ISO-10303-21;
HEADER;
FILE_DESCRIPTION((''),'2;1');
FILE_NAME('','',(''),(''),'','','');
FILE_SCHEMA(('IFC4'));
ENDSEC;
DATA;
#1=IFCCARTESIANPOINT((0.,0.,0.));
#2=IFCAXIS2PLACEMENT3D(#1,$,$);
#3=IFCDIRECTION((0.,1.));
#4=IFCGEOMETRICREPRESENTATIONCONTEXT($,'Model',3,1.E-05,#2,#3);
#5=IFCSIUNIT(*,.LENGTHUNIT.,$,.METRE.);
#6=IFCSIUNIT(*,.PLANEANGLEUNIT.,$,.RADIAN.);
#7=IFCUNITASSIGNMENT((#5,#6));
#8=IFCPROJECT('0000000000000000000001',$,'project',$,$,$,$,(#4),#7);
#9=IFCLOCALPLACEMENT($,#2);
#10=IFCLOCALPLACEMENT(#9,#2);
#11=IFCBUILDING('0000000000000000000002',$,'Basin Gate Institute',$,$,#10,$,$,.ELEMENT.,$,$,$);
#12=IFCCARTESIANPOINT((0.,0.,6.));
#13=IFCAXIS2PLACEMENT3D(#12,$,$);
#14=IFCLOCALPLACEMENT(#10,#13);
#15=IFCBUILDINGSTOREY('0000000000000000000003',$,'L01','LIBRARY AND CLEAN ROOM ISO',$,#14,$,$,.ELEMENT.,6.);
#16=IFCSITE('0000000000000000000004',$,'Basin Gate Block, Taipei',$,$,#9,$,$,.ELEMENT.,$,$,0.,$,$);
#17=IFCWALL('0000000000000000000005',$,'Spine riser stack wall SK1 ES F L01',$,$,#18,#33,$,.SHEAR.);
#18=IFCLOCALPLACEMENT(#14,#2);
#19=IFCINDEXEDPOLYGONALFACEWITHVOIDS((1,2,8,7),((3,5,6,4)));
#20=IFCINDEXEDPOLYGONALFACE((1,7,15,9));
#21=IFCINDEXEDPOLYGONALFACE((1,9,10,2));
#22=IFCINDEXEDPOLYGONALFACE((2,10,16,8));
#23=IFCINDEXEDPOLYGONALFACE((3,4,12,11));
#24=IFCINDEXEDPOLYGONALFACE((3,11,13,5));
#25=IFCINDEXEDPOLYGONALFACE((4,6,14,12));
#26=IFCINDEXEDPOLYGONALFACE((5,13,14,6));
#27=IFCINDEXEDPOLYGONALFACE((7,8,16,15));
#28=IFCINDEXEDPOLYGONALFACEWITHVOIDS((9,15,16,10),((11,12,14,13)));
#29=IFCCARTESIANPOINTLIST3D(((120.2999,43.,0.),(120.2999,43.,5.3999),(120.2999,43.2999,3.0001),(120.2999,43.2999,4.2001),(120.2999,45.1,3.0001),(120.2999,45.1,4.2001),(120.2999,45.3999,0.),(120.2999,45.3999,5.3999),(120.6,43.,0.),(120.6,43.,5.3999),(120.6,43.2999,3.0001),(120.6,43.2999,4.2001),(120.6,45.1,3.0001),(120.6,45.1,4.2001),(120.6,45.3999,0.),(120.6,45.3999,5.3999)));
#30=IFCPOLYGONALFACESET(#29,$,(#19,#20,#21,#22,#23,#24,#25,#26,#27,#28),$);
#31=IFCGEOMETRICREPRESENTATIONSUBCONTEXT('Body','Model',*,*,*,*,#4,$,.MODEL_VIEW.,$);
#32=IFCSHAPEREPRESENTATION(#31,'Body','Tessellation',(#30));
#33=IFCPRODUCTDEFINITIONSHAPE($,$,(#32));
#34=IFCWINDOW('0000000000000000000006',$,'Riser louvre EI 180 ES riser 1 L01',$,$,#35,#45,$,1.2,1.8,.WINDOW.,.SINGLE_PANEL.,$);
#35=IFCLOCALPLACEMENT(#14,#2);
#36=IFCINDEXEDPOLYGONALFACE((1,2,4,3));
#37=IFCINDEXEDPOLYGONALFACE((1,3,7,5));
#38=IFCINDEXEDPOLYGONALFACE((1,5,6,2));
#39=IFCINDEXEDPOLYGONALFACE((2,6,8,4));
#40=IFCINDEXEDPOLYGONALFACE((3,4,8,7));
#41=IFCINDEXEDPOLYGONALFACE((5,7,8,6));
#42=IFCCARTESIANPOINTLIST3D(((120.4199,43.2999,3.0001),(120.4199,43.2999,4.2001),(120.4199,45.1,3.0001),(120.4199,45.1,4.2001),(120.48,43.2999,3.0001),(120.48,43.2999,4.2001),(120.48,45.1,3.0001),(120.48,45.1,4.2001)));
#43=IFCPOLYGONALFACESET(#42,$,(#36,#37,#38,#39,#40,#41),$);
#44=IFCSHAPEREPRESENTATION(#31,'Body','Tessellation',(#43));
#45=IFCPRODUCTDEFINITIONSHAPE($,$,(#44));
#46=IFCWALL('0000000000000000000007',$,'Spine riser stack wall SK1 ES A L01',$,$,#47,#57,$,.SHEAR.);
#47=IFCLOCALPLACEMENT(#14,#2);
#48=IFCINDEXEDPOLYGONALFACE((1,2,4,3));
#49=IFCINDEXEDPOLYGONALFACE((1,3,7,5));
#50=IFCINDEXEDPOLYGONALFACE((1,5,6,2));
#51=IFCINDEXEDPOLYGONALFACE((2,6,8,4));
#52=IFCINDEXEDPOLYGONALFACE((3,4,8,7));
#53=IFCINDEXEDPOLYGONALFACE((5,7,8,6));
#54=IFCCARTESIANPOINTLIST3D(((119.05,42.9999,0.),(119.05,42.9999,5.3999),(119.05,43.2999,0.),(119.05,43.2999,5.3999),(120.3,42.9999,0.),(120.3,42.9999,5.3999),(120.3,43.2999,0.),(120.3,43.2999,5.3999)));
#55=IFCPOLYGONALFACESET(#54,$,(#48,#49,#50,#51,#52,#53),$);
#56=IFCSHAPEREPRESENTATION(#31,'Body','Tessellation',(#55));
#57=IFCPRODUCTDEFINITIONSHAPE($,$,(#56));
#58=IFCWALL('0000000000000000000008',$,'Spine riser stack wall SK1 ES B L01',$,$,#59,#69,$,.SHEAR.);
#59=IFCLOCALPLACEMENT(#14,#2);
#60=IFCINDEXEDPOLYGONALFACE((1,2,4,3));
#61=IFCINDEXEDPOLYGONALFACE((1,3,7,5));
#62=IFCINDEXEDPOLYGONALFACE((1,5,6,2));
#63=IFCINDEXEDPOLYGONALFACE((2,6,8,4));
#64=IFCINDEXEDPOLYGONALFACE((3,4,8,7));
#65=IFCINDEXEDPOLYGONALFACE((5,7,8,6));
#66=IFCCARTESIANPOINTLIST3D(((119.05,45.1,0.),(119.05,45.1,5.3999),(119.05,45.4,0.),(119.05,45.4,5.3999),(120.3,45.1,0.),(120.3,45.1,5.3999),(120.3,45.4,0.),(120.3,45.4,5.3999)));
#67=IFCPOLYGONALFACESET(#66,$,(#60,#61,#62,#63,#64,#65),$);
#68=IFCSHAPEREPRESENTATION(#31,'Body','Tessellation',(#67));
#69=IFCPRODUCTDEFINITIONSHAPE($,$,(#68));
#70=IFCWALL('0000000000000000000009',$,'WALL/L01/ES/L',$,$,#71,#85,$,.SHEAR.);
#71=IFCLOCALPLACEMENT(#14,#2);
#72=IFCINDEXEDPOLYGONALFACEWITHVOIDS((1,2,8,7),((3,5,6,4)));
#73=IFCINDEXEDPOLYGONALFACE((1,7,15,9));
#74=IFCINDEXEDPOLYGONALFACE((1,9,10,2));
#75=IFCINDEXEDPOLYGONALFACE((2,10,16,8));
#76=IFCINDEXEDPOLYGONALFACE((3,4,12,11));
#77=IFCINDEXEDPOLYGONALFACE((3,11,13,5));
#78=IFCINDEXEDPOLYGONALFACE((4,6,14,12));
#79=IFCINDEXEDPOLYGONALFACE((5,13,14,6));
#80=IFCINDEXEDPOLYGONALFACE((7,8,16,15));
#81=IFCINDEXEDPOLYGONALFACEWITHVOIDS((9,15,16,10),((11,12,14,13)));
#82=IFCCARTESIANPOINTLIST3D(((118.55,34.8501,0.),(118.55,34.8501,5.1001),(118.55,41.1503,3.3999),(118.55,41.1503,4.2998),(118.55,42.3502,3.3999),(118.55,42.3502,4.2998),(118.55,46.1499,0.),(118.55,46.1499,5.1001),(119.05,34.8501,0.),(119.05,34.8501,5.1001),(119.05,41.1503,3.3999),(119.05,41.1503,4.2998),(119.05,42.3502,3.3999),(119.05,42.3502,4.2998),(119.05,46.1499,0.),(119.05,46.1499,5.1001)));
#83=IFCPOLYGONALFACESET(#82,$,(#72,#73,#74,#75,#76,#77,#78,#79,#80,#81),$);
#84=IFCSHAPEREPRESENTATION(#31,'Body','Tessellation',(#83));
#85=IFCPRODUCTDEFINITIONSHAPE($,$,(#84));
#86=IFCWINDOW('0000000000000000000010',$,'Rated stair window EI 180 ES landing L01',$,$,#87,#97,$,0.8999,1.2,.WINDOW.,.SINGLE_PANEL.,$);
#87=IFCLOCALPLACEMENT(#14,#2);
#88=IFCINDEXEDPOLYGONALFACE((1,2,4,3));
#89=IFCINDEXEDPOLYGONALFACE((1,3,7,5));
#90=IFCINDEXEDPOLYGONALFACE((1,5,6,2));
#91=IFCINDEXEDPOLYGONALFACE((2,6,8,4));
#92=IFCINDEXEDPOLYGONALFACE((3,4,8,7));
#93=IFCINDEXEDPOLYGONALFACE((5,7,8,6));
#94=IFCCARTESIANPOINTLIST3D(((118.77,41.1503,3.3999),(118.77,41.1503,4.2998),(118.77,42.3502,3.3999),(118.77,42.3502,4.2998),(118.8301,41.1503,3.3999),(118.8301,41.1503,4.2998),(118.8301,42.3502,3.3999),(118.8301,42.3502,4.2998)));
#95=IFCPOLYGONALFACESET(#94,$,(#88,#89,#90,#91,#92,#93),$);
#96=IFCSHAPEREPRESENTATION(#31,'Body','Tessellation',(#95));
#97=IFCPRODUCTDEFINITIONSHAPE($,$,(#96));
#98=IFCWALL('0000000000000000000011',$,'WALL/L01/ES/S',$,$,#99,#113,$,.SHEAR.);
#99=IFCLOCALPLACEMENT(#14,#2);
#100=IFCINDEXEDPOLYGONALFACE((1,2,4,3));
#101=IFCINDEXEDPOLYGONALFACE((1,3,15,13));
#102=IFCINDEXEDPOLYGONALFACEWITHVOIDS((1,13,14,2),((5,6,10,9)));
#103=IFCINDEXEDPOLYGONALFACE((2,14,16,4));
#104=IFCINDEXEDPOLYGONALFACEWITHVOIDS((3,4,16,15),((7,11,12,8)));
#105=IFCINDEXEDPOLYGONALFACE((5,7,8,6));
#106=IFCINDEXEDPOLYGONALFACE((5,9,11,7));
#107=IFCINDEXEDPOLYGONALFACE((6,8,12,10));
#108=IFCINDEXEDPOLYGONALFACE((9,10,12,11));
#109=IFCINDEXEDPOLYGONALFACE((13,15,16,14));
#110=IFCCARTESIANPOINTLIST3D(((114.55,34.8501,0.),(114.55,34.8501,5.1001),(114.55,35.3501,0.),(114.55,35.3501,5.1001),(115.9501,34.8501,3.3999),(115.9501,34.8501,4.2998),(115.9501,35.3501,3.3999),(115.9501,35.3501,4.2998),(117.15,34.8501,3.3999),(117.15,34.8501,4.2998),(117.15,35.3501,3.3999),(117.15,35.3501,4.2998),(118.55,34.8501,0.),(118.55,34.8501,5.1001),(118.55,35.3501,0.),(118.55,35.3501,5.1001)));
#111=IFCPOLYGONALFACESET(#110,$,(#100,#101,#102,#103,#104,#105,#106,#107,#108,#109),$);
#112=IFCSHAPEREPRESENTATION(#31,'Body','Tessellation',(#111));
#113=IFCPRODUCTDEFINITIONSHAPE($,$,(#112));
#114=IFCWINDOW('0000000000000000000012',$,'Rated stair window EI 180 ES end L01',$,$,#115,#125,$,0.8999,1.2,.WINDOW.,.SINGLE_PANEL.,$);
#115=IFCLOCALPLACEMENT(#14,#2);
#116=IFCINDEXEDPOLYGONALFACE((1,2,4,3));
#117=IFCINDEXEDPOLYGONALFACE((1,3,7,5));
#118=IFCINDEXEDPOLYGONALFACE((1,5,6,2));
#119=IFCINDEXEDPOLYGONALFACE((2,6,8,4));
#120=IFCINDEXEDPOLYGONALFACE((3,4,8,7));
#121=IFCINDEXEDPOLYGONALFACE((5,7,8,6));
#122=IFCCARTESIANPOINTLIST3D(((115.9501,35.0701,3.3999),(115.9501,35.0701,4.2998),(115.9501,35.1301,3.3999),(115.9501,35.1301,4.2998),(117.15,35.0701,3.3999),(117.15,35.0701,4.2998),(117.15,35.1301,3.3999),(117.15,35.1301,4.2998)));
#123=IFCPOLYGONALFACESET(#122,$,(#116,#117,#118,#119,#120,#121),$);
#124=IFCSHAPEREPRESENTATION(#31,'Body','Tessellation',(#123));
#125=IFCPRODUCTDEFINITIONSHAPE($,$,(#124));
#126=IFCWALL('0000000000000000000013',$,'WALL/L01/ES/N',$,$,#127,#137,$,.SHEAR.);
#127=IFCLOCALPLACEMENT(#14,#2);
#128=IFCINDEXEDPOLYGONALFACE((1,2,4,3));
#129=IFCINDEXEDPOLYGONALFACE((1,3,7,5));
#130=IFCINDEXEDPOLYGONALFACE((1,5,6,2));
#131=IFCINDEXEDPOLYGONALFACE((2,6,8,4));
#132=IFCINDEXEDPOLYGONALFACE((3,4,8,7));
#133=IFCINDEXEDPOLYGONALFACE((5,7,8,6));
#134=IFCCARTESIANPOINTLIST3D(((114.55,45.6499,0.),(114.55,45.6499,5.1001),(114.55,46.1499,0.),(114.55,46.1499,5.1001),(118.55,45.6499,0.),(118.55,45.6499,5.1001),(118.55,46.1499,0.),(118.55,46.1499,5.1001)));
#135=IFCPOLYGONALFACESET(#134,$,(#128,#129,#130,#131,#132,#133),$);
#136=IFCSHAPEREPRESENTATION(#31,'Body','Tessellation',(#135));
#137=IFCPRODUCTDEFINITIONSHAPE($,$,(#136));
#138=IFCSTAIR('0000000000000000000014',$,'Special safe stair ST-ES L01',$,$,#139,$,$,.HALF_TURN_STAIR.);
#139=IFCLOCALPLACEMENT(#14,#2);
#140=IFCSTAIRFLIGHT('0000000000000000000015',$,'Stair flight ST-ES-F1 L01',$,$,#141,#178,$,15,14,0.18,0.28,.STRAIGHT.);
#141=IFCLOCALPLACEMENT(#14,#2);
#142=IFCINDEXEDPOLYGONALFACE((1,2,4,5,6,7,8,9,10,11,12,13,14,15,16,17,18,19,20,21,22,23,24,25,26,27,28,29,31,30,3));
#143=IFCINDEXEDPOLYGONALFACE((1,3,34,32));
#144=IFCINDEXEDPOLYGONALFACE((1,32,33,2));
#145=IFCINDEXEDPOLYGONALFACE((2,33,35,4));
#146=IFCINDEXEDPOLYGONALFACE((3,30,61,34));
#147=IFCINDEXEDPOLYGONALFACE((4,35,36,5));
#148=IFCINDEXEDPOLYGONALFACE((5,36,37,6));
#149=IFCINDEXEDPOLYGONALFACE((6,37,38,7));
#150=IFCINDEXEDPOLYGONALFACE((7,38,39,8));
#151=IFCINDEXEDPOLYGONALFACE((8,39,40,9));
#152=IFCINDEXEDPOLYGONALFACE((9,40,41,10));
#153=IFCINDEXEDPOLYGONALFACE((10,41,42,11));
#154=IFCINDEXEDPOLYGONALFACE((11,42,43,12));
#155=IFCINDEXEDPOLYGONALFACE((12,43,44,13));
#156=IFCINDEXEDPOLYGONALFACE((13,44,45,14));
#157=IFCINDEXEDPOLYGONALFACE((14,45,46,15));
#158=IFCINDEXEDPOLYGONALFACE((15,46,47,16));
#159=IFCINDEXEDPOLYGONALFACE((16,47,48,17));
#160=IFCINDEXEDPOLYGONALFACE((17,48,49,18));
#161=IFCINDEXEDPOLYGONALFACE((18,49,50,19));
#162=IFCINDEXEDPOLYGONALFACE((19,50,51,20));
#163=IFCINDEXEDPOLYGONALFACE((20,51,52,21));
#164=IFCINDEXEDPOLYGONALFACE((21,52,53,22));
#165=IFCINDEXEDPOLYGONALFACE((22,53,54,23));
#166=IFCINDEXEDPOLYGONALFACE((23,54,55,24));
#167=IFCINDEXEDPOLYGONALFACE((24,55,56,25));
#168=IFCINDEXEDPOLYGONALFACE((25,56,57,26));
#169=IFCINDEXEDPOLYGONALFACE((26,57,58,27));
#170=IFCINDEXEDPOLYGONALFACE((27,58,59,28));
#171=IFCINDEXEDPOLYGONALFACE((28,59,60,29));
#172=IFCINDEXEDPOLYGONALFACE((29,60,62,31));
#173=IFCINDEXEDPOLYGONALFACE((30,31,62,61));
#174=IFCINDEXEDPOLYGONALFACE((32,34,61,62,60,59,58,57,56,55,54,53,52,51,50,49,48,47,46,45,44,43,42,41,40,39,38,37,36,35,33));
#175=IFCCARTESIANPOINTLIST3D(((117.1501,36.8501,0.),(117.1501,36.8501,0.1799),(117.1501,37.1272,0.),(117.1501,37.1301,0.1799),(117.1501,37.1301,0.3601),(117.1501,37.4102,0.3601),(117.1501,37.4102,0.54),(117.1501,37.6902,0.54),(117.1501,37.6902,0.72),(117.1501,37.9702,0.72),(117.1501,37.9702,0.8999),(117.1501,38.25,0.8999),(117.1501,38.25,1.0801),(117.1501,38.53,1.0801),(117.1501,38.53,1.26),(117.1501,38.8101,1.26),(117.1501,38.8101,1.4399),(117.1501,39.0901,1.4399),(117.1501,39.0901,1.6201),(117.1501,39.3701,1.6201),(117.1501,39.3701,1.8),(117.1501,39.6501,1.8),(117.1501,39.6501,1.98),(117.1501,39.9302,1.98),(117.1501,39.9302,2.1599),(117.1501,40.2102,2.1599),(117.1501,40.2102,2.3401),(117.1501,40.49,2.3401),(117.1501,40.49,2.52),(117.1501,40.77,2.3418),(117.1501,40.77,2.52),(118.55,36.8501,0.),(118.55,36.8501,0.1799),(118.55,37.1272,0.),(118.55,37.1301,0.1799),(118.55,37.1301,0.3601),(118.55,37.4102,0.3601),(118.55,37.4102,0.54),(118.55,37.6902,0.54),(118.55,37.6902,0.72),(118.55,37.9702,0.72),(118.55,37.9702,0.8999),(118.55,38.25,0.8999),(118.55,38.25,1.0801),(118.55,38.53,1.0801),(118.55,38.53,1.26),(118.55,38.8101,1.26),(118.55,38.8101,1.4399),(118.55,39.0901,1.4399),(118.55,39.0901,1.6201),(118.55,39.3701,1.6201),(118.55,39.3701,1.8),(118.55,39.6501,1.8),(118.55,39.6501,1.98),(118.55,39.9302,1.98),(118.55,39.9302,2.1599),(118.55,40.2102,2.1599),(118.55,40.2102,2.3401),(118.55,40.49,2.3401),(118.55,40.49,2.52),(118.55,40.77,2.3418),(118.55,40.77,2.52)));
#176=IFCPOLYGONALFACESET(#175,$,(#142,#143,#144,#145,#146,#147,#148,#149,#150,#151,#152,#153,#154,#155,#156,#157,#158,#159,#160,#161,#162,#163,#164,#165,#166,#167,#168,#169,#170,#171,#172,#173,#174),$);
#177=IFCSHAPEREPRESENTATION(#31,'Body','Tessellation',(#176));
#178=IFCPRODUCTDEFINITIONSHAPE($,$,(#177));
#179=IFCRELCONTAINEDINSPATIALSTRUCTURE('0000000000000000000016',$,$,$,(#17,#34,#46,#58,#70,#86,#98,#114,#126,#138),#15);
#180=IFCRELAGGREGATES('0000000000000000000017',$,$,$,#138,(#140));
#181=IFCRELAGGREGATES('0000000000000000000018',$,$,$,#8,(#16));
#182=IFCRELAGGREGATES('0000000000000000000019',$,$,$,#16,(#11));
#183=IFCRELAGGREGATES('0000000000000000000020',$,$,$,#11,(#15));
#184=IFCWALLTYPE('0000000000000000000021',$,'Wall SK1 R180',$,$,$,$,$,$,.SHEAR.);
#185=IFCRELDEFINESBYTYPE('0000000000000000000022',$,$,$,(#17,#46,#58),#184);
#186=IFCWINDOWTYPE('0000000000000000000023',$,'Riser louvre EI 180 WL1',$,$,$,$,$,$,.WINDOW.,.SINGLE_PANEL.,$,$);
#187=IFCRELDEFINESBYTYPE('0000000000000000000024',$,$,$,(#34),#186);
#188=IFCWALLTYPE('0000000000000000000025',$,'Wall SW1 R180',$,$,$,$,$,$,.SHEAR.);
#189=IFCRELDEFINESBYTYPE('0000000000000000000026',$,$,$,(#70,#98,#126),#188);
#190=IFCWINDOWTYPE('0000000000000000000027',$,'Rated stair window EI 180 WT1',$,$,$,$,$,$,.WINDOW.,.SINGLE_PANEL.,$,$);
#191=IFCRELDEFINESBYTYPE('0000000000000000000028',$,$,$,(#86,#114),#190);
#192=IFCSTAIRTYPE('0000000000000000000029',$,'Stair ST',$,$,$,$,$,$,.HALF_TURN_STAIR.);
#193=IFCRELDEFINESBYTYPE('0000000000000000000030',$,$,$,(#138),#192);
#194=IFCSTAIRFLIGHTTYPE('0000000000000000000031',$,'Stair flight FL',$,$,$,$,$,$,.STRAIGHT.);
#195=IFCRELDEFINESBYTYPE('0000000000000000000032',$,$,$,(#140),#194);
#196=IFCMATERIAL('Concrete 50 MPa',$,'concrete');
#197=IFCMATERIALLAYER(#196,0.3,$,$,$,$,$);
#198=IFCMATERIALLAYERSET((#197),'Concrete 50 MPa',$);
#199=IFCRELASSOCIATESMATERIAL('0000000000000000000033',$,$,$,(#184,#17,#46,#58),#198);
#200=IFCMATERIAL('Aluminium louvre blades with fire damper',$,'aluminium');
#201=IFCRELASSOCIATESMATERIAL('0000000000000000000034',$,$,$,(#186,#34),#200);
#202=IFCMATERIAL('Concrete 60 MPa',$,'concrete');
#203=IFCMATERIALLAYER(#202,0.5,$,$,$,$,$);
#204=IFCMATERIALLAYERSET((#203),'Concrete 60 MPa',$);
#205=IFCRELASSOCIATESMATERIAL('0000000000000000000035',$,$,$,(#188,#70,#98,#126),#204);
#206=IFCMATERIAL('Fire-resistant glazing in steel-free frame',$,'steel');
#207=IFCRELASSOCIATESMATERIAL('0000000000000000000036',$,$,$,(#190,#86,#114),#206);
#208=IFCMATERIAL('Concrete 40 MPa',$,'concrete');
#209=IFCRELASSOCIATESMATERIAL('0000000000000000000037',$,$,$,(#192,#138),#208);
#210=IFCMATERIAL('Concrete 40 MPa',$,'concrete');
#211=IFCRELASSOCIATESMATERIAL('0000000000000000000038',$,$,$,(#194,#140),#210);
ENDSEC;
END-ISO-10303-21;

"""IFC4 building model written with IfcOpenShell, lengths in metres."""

from ifc_helpers import new_model, si_unit, direction, frame, frame_2d, origin, place, context, subcontext, project, spatial, polyline, rectangle, outline, extrude, material, layer, layer_set, type_object, element, fill, aggregate, save


model = new_model("IFC4")

# Units and contexts
model_context = context("Model", 3, precision=1e-05, world=origin(), true_north=direction((0.0, 1.0)))
body_context = subcontext(model_context, "Body", "Model", "MODEL_VIEW")
ifc_project = project(units=[si_unit("LENGTHUNIT", "METRE"), si_unit("PLANEANGLEUNIT", "RADIAN")], contexts=[model_context])

# Site, building, storey
site_placement = place(None, origin())
site = spatial("IfcSite", under=ifc_project, at=site_placement, Name="Basin Gate Block, Taipei", CompositionType="ELEMENT", RefElevation=0.0)
building_placement = place(site_placement, origin())
building = spatial("IfcBuilding", under=site, at=building_placement, Name="Basin Gate Institute", CompositionType="ELEMENT")
storey_placement = place(building_placement, frame((0.0, 0.0, 6.0)))
storey = spatial("IfcBuildingStorey", under=building, at=storey_placement, Name="L01", Description="LIBRARY AND CLEAN ROOM ISO", CompositionType="ELEMENT", Elevation=6.0)

# Wall, opening, window
ifc_material_1 = material(Name="Concrete 50 MPa", Category="concrete")
ifc_layer_1 = layer(ifc_material_1, 0.3)
ifc_layer_set_1 = layer_set([ifc_layer_1], Name="Concrete 50 MPa")
wall_type_1 = type_object("IfcWallType", Name="Wall SK1 R180", PredefinedType="SHEAR", material=ifc_layer_set_1)
wall_1_placement = place(storey_placement, frame((120.45, 43.0, 0.0), z_axis=(0.0, 0.0, 1.0), x_axis=(0.0, 1.0, 0.0)))
wall_1 = element("IfcWall", 1, at=wall_1_placement, inside=storey, type_object=wall_type_1, material=ifc_layer_set_1, Name="Spine riser stack wall SK1 ES F L01", PredefinedType="SHEAR", context=body_context, shape_type="SweptSolid", body=[
    extrude(rectangle(XDim=2.3999, YDim=0.3, at=frame_2d((1.2, 0.0))), origin(), (0.0, 0.0, 1.0), 5.3999),
])
opening_1_placement = place(wall_1_placement, frame((0.3, 0.0, 3.0)))
opening_1 = element("IfcOpeningElement", 2, at=opening_1_placement, cuts=wall_1, PredefinedType="OPENING", context=body_context, shape_type="SweptSolid", body=[
    extrude(rectangle(XDim=1.8, YDim=1.2, at=frame_2d((0.8999, 0.6001))), frame((0.0, 0.1602, 0.0), z_axis=(0.0, -1.0, 0.0), x_axis=(1.0, 0.0, 0.0)), (0.0, 0.0, 1.0), 0.3201),
])
ifc_material_2 = material(Name="Aluminium louvre blades with fire damper", Category="aluminium")
window_type_1 = type_object("IfcWindowType", Name="Riser louvre EI 180 WL1", PartitioningType="SINGLE_PANEL", PredefinedType="WINDOW", material=ifc_material_2)
window_1_placement = place(opening_1_placement, origin())
window_1 = element("IfcWindow", 3, at=window_1_placement, inside=storey, type_object=window_type_1, material=ifc_material_2, Name="Riser louvre EI 180 ES riser 1 L01", OverallHeight=1.2, OverallWidth=1.8, PartitioningType="SINGLE_PANEL", PredefinedType="WINDOW", context=body_context, shape_type="SweptSolid", body=[
    extrude(rectangle(XDim=1.8, YDim=1.2, at=frame_2d((0.8999, 0.6001))), frame((0.0, 0.03, 0.0), z_axis=(0.0, -1.0, 0.0), x_axis=(1.0, 0.0, 0.0)), (0.0, 0.0, 1.0), 0.0601),
])
fill(opening_1, window_1)

# Walls
for number, where, z_axis, x_axis, name in (
    (4, (119.05, 43.1499, 0.0), (0.0, 0.0, 1.0), (1.0, 0.0, 0.0), "Spine riser stack wall SK1 ES A L01"),
    (5, (119.05, 45.25, 0.0), (0.0, 0.0, 1.0), (1.0, 0.0, 0.0), "Spine riser stack wall SK1 ES B L01"),
):
    element("IfcWall", number, at=place(storey_placement, frame(where, z_axis=z_axis, x_axis=x_axis)), inside=storey, type_object=wall_type_1, material=ifc_layer_set_1, Name=name, PredefinedType="SHEAR", context=body_context, shape_type="SweptSolid", body=[
        extrude(rectangle(XDim=1.25, YDim=0.3, at=frame_2d((0.625, 0.0))), origin(), (0.0, 0.0, 1.0), 5.3999),
    ])

# Walls, openings, windows
ifc_material_3 = material(Name="Concrete 60 MPa", Category="concrete")
ifc_layer_2 = layer(ifc_material_3, 0.5)
ifc_layer_set_2 = layer_set([ifc_layer_2], Name="Concrete 60 MPa")
wall_type_2 = type_object("IfcWallType", Name="Wall SW1 R180", PredefinedType="SHEAR", material=ifc_layer_set_2)
wall_2_placement = place(storey_placement, frame((118.8, 34.8501, 0.0), z_axis=(0.0, 0.0, 1.0), x_axis=(0.0, 1.0, 0.0)))
wall_2 = element("IfcWall", 6, at=wall_2_placement, inside=storey, type_object=wall_type_2, material=ifc_layer_set_2, Name="WALL/L01/ES/L", PredefinedType="SHEAR", context=body_context, shape_type="SweptSolid", body=[
    extrude(rectangle(XDim=11.2998, YDim=0.5, at=frame_2d((5.6499, 0.0))), origin(), (0.0, 0.0, 1.0), 5.1001),
])
opening_2_placement = place(wall_2_placement, frame((6.3, 0.0, 3.3999)))
opening_2 = element("IfcOpeningElement", 7, at=opening_2_placement, cuts=wall_2, PredefinedType="OPENING", context=body_context, shape_type="SweptSolid", body=[
    extrude(rectangle(XDim=1.2, YDim=0.8999, at=frame_2d((0.6001, 0.45))), frame((0.0, 0.26, 0.0), z_axis=(0.0, -1.0, 0.0), x_axis=(1.0, 0.0, 0.0)), (0.0, 0.0, 1.0), 0.52),
])
ifc_material_4 = material(Name="Fire-resistant glazing in steel-free frame", Category="steel")
window_type_2 = type_object("IfcWindowType", Name="Rated stair window EI 180 WT1", PartitioningType="SINGLE_PANEL", PredefinedType="WINDOW", material=ifc_material_4)
window_2_placement = place(opening_2_placement, origin())
window_2 = element("IfcWindow", 8, at=window_2_placement, inside=storey, type_object=window_type_2, material=ifc_material_4, Name="Rated stair window EI 180 ES landing L01", OverallHeight=0.8999, OverallWidth=1.2, PartitioningType="SINGLE_PANEL", PredefinedType="WINDOW", context=body_context, shape_type="SweptSolid", body=[
    extrude(rectangle(XDim=1.2, YDim=0.8999, at=frame_2d((0.6001, 0.45))), frame((0.0, 0.03, 0.0), z_axis=(0.0, -1.0, 0.0), x_axis=(1.0, 0.0, 0.0)), (0.0, 0.0, 1.0), 0.0601),
])
fill(opening_2, window_2)
wall_3_placement = place(storey_placement, frame((118.55, 35.1001, 0.0), z_axis=(0.0, 0.0, 1.0), x_axis=(-1.0, 0.0, 0.0)))
wall_3 = element("IfcWall", 9, at=wall_3_placement, inside=storey, type_object=wall_type_2, material=ifc_layer_set_2, Name="WALL/L01/ES/S", PredefinedType="SHEAR", context=body_context, shape_type="SweptSolid", body=[
    extrude(rectangle(XDim=4.0, YDim=0.5, at=frame_2d((2.0, 0.0))), origin(), (0.0, 0.0, 1.0), 5.1001),
])
opening_3_placement = place(wall_3_placement, frame((1.3999, 0.0, 3.3999)))
opening_3 = element("IfcOpeningElement", 10, at=opening_3_placement, cuts=wall_3, PredefinedType="OPENING", context=body_context, shape_type="SweptSolid", body=[
    extrude(rectangle(XDim=1.2, YDim=0.8999, at=frame_2d((0.6001, 0.45))), frame((0.0, 0.26, 0.0), z_axis=(0.0, -1.0, 0.0), x_axis=(1.0, 0.0, 0.0)), (0.0, 0.0, 1.0), 0.52),
])
window_3_placement = place(opening_3_placement, origin())
window_3 = element("IfcWindow", 11, at=window_3_placement, inside=storey, type_object=window_type_2, material=ifc_material_4, Name="Rated stair window EI 180 ES end L01", OverallHeight=0.8999, OverallWidth=1.2, PartitioningType="SINGLE_PANEL", PredefinedType="WINDOW", context=body_context, shape_type="SweptSolid", body=[
    extrude(rectangle(XDim=1.2, YDim=0.8999, at=frame_2d((0.6001, 0.45))), frame((0.0, 0.03, 0.0), z_axis=(0.0, -1.0, 0.0), x_axis=(1.0, 0.0, 0.0)), (0.0, 0.0, 1.0), 0.0601),
])
fill(opening_3, window_3)

# Wall
wall_4_placement = place(storey_placement, frame((118.55, 45.8999, 0.0), z_axis=(0.0, 0.0, 1.0), x_axis=(-1.0, 0.0, 0.0)))
element("IfcWall", 12, at=wall_4_placement, inside=storey, type_object=wall_type_2, material=ifc_layer_set_2, Name="WALL/L01/ES/N", PredefinedType="SHEAR", context=body_context, shape_type="SweptSolid", body=[
    extrude(rectangle(XDim=4.0, YDim=0.5, at=frame_2d((2.0, 0.0))), origin(), (0.0, 0.0, 1.0), 5.1001),
])

# Stair, stair flight
ifc_material_5 = material(Name="Concrete 40 MPa", Category="concrete")
stair_type = type_object("IfcStairType", Name="Stair ST", PredefinedType="HALF_TURN_STAIR", material=ifc_material_5)
stair_placement = place(storey_placement, origin())
stair = element("IfcStair", 13, at=stair_placement, inside=storey, type_object=stair_type, material=ifc_material_5, Name="Special safe stair ST-ES L01", PredefinedType="HALF_TURN_STAIR")
ifc_material_6 = material(Name="Concrete 40 MPa", Category="concrete")
stair_flight_type = type_object("IfcStairFlightType", Name="Stair flight FL", PredefinedType="STRAIGHT", material=ifc_material_6)
stair_flight_placement = place(storey_placement, frame((117.8501, 36.8501, 0.0), z_axis=(0.0, 0.0, 1.0), x_axis=(0.0, 1.0, 0.0)))
stair_flight = element("IfcStairFlight", 14, at=stair_flight_placement, type_object=stair_flight_type, material=ifc_material_6, Name="Stair flight ST-ES-F1 L01", NumberOfRisers=15, NumberOfTreads=14, PredefinedType="STRAIGHT", RiserHeight=0.18, TreadLength=0.28, context=body_context, shape_type="SweptSolid", body=[
    extrude(outline(polyline([(0.0, 0.0), (0.0, 0.1799), (0.28, 0.1799), (0.28, 0.3601), (0.5601, 0.3601), (0.5601, 0.54), (0.8401, 0.54), (0.8401, 0.72), (1.1201, 0.72), (1.1201, 0.8999), (1.3999, 0.8999), (1.3999, 1.0801), (1.6799, 1.0801), (1.6799, 1.26), (1.96, 1.26), (1.96, 1.4399), (2.24, 1.4399), (2.24, 1.6201), (2.52, 1.6201), (2.52, 1.8), (2.8, 1.8), (2.8, 1.98), (3.0801, 1.98), (3.0801, 2.1599), (3.3601, 2.1599), (3.3601, 2.3401), (3.6399, 2.3401), (3.6399, 2.52), (3.9199, 2.52), (3.9199, 2.7), (3.9199, 2.3418), (0.2771, 0.0), (0.0, 0.0)])), frame((0.0, 0.7, 0.0), z_axis=(0.0, -1.0, 0.0), x_axis=(1.0, 0.0, 0.0)), (0.0, 0.0, 1.0), 1.3999),
])
aggregate(stair, [stair_flight])

save(model, "model.ifc")
